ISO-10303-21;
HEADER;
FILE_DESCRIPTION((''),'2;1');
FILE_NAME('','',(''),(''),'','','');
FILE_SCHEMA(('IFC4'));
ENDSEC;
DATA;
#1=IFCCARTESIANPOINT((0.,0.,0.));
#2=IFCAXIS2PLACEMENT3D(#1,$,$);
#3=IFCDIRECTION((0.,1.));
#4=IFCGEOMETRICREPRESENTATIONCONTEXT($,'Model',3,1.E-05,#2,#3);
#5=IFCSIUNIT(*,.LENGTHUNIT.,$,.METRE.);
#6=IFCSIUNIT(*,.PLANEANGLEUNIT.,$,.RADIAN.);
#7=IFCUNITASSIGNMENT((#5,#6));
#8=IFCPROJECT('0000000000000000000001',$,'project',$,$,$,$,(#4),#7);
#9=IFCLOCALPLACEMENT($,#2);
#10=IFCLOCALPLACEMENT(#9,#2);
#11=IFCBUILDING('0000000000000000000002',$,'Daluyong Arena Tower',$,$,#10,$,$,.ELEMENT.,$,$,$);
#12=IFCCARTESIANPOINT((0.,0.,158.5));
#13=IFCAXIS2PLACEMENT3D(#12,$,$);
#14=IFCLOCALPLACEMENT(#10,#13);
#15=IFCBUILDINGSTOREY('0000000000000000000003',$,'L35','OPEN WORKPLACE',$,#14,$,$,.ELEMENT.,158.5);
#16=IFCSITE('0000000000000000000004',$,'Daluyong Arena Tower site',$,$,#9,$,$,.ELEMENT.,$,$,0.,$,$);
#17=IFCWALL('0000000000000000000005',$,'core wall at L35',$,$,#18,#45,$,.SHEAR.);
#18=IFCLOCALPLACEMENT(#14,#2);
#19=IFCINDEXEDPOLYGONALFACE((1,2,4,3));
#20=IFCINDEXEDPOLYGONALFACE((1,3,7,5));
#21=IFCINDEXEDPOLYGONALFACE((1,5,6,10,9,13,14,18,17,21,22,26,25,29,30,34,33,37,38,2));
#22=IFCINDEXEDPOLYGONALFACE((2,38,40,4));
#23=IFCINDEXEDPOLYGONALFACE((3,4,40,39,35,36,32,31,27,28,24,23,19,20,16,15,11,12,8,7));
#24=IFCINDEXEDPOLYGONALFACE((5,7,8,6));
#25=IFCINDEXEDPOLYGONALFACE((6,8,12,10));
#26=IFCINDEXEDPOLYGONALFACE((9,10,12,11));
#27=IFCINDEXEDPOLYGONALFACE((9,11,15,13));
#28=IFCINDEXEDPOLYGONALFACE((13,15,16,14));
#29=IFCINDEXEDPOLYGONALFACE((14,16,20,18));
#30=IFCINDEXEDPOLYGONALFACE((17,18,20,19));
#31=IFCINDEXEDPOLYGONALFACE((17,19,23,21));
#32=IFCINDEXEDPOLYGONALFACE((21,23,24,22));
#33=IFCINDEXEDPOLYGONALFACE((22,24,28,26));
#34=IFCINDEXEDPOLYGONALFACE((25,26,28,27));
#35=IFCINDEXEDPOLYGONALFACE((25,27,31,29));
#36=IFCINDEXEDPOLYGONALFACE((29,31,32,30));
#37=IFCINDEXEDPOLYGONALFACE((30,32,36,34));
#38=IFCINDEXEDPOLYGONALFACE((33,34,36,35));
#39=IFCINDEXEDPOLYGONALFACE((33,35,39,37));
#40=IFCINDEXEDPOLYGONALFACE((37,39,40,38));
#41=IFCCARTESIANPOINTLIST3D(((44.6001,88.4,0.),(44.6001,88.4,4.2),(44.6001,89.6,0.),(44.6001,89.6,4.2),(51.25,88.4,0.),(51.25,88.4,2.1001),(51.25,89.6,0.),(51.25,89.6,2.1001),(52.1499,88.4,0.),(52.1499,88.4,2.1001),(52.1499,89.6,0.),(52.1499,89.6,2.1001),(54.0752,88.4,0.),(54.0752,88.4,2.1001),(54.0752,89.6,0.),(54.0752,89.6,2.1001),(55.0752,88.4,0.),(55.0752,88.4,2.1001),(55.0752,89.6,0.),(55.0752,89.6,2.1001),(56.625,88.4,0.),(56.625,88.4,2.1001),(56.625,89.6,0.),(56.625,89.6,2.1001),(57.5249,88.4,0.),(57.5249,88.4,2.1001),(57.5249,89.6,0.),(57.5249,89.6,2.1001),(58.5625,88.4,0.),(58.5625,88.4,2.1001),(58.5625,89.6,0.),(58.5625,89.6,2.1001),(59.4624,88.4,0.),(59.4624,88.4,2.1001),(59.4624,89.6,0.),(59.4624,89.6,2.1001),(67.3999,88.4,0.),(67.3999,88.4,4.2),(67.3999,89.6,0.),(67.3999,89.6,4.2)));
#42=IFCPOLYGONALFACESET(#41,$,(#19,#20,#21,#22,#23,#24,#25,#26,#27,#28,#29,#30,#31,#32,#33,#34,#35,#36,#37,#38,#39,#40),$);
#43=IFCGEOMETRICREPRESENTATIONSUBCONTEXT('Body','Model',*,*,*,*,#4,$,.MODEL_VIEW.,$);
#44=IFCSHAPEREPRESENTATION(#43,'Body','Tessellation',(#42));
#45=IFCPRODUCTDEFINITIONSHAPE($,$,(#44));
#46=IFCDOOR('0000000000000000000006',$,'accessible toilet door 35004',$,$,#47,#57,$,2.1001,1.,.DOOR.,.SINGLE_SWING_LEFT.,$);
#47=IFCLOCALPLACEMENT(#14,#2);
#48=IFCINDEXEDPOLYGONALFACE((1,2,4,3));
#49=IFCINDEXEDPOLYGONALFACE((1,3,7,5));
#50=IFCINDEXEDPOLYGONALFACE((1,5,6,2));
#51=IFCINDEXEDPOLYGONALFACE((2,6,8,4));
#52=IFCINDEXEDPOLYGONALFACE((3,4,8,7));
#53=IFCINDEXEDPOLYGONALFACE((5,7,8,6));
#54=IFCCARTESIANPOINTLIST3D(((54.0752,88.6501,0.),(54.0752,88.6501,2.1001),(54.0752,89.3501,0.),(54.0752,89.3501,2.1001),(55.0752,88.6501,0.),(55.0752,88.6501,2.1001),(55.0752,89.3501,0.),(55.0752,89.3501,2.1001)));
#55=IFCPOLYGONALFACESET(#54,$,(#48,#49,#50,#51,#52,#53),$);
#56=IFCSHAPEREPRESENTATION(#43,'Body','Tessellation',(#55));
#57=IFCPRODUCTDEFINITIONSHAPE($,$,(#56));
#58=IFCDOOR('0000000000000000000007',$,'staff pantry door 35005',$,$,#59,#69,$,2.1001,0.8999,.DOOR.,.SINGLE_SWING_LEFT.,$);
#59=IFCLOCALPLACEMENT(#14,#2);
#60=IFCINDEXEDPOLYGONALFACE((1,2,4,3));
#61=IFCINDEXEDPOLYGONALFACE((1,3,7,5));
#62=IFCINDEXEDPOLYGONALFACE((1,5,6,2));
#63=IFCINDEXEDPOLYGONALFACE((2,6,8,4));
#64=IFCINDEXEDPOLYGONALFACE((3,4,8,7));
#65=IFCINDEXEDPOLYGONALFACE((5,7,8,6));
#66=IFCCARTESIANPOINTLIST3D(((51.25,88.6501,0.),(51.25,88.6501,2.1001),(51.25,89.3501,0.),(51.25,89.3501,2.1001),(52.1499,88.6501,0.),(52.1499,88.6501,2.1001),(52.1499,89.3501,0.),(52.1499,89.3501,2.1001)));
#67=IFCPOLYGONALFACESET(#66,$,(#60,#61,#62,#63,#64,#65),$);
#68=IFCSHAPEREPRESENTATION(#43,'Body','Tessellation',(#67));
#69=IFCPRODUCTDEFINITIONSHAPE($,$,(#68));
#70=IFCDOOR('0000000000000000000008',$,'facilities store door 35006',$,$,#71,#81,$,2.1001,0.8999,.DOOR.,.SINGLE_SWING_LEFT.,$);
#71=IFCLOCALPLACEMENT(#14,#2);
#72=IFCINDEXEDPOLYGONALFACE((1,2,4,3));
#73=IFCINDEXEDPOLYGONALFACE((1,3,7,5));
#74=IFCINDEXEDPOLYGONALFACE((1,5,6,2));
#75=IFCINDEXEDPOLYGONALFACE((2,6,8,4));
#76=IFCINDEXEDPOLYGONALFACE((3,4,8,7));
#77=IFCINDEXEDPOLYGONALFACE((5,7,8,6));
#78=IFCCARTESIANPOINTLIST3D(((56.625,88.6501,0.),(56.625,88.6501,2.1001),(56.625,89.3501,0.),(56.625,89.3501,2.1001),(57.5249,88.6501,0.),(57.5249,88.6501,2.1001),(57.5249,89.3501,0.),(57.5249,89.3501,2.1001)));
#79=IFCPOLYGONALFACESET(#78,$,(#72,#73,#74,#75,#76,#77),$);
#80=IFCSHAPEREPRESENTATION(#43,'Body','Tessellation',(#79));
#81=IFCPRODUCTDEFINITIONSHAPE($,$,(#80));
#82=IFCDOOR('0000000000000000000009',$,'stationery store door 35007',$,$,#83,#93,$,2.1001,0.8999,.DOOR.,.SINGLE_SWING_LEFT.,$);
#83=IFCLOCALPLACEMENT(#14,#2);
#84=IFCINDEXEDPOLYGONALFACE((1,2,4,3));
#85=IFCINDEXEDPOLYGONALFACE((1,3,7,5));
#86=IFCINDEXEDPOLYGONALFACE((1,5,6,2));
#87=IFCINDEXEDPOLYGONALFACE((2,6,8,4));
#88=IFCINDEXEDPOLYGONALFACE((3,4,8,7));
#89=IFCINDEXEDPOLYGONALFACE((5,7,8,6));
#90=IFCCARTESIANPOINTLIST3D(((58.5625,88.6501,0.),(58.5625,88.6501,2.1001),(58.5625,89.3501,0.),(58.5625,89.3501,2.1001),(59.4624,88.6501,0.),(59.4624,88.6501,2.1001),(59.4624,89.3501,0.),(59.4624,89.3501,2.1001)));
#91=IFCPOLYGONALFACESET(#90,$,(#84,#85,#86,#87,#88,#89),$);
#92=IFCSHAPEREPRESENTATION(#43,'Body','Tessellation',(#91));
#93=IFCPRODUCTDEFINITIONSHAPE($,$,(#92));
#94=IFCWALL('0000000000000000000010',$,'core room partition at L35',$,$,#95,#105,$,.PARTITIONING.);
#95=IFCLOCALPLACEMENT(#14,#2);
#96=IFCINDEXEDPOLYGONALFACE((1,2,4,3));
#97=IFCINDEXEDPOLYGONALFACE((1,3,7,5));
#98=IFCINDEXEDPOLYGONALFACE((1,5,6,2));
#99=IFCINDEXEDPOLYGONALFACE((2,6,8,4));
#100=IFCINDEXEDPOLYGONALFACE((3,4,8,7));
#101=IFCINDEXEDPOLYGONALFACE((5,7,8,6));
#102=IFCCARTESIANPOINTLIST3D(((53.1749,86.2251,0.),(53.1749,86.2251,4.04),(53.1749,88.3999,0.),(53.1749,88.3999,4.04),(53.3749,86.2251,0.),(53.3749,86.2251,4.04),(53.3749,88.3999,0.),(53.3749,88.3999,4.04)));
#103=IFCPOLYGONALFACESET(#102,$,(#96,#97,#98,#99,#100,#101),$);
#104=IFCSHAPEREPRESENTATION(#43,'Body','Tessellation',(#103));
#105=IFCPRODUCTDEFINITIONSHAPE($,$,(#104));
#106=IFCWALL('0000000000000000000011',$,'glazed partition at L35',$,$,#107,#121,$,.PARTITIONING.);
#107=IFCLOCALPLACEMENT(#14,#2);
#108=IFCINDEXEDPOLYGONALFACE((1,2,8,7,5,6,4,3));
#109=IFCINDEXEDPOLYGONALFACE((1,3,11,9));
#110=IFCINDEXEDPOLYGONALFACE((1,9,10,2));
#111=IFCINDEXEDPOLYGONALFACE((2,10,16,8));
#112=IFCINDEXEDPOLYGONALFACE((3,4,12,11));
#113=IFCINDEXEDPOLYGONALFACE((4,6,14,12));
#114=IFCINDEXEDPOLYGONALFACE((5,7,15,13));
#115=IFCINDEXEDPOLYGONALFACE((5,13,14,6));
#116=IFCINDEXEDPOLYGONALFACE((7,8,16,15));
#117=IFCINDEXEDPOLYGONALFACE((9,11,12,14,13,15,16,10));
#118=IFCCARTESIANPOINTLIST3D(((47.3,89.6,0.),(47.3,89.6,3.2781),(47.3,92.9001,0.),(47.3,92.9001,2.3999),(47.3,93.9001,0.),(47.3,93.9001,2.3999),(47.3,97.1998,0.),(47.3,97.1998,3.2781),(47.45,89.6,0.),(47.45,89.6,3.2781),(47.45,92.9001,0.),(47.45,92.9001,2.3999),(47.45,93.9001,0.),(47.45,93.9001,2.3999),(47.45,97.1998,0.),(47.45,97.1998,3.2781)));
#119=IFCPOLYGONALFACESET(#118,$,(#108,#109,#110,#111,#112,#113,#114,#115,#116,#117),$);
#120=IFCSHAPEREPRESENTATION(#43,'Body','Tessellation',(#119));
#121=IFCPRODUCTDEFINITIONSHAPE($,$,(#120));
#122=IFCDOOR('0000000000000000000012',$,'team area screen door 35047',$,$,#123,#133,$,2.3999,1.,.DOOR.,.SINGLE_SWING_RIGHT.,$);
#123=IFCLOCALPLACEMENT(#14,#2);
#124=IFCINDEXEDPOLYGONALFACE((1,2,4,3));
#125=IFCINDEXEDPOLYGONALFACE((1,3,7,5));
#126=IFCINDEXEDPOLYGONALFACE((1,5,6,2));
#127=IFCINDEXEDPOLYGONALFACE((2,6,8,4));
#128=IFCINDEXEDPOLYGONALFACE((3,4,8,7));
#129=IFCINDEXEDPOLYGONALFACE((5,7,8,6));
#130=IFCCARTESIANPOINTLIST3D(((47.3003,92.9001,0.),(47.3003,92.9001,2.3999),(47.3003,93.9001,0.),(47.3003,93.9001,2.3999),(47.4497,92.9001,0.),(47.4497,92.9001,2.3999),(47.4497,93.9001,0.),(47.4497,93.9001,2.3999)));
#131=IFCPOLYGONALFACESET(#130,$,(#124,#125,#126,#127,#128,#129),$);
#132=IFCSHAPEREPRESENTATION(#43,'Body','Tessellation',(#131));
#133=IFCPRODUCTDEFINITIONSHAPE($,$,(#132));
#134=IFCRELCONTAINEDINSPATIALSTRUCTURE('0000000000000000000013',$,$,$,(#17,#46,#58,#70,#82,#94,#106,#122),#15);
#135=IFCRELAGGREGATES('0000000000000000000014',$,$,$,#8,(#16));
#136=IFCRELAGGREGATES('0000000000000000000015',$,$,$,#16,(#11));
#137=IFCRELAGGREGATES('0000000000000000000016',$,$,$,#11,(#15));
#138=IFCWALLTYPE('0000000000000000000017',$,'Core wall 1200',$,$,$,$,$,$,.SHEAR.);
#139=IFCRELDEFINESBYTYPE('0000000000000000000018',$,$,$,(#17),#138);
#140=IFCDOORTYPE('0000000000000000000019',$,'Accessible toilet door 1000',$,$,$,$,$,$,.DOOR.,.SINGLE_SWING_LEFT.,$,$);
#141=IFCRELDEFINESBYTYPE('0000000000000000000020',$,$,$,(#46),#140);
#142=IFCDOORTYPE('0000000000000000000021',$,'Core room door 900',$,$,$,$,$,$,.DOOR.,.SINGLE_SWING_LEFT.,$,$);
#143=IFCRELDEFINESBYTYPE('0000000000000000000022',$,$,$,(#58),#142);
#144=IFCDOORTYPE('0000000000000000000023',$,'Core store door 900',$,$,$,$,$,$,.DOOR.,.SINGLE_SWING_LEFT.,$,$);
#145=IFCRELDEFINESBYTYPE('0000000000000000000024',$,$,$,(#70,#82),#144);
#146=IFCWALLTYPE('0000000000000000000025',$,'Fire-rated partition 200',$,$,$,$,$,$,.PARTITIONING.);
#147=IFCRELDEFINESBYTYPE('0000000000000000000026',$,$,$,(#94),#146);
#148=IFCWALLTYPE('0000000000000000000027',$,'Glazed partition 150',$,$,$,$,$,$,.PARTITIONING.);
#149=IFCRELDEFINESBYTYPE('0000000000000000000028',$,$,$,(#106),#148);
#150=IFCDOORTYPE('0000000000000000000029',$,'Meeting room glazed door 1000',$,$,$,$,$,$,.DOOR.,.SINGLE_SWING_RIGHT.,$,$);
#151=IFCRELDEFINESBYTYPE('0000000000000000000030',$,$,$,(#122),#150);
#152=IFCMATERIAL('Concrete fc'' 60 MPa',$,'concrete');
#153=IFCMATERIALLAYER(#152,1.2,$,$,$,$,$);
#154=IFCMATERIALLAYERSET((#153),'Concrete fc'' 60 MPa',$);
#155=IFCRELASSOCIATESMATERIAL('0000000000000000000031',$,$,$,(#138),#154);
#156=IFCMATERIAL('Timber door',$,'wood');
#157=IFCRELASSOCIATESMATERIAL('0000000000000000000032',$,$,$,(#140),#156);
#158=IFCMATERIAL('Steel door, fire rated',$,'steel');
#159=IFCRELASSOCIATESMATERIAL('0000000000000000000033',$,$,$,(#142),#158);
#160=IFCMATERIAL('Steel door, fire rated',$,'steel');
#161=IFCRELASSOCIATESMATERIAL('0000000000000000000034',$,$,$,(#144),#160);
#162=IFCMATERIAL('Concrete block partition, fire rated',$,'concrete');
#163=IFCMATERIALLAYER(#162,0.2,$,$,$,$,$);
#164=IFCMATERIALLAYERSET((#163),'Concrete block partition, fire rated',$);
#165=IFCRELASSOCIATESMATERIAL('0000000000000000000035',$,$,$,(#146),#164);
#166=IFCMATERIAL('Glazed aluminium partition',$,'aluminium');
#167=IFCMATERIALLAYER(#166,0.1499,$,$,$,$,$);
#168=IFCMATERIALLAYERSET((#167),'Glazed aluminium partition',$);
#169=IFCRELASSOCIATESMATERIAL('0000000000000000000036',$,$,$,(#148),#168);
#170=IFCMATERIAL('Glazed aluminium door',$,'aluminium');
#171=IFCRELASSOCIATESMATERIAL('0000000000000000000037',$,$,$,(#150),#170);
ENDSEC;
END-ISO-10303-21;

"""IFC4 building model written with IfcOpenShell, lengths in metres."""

from ifc_helpers import new_model, si_unit, direction, frame, frame_2d, origin, place, context, subcontext, project, spatial, rectangle, extrude, material, layer, layer_set, type_object, element, fill, save


model = new_model("IFC4")

# Units and contexts
model_context = context("Model", 3, precision=1e-05, world=origin(), true_north=direction((0.0, 1.0)))
body_context = subcontext(model_context, "Body", "Model", "MODEL_VIEW")
ifc_project = project(units=[si_unit("LENGTHUNIT", "METRE"), si_unit("PLANEANGLEUNIT", "RADIAN")], contexts=[model_context])

# Site, building, storey
site_placement = place(None, origin())
site = spatial("IfcSite", under=ifc_project, at=site_placement, Name="Daluyong Arena Tower site", CompositionType="ELEMENT", RefElevation=0.0)
building_placement = place(site_placement, origin())
building = spatial("IfcBuilding", under=site, at=building_placement, Name="Daluyong Arena Tower", CompositionType="ELEMENT")
storey_placement = place(building_placement, frame((0.0, 0.0, 158.5)))
storey = spatial("IfcBuildingStorey", under=building, at=storey_placement, Name="L35", Description="OPEN WORKPLACE", CompositionType="ELEMENT", Elevation=158.5)

# Wall, openings, doors
ifc_material_1 = material(Name="Concrete fc' 60 MPa", Category="concrete")
ifc_layer_1 = layer(ifc_material_1, 1.2)
ifc_layer_set_1 = layer_set([ifc_layer_1], Name="Concrete fc' 60 MPa")
wall_type_1 = type_object("IfcWallType", Name="Core wall 1200", PredefinedType="SHEAR", material=ifc_layer_set_1)
wall_1_placement = place(storey_placement, frame((44.6001, 89.0, 0.0), z_axis=(0.0, 0.0, 1.0), x_axis=(1.0, 0.0, 0.0)))
wall_1 = element("IfcWall", 1, at=wall_1_placement, inside=storey, type_object=wall_type_1, Name="core wall at L35", PredefinedType="SHEAR", context=body_context, shape_type="SweptSolid", body=[
    extrude(rectangle(XDim=22.7998, YDim=1.2, at=frame_2d((11.3999, 0.0))), origin(), (0.0, 0.0, 1.0), 4.2),
])
opening_1_placement = place(wall_1_placement, frame((9.4751, 0.0, 0.0)))
opening_1 = element("IfcOpeningElement", 2, at=opening_1_placement, cuts=wall_1, PredefinedType="OPENING", context=body_context, shape_type="SweptSolid", body=[
    extrude(rectangle(XDim=1.0, YDim=2.1001, at=frame_2d((0.5, 1.05))), frame((0.0, 0.6099, 0.0), z_axis=(0.0, -1.0, 0.0), x_axis=(1.0, 0.0, 0.0)), (0.0, 0.0, 1.0), 1.22),
])
opening_2_placement = place(wall_1_placement, frame((6.6499, 0.0, 0.0)))
opening_2 = element("IfcOpeningElement", 3, at=opening_2_placement, cuts=wall_1, PredefinedType="OPENING", context=body_context, shape_type="SweptSolid", body=[
    extrude(rectangle(XDim=0.8999, YDim=2.1001, at=frame_2d((0.45, 1.05))), frame((0.0, 0.6099, 0.0), z_axis=(0.0, -1.0, 0.0), x_axis=(1.0, 0.0, 0.0)), (0.0, 0.0, 1.0), 1.22),
])
opening_3_placement = place(wall_1_placement, frame((12.0249, 0.0, 0.0)))
opening_3 = element("IfcOpeningElement", 4, at=opening_3_placement, cuts=wall_1, PredefinedType="OPENING", context=body_context, shape_type="SweptSolid", body=[
    extrude(rectangle(XDim=0.8999, YDim=2.1001, at=frame_2d((0.45, 1.05))), frame((0.0, 0.6099, 0.0), z_axis=(0.0, -1.0, 0.0), x_axis=(1.0, 0.0, 0.0)), (0.0, 0.0, 1.0), 1.22),
])
opening_4_placement = place(wall_1_placement, frame((13.9624, 0.0, 0.0)))
opening_4 = element("IfcOpeningElement", 5, at=opening_4_placement, cuts=wall_1, PredefinedType="OPENING", context=body_context, shape_type="SweptSolid", body=[
    extrude(rectangle(XDim=0.8999, YDim=2.1001, at=frame_2d((0.45, 1.05))), frame((0.0, 0.6099, 0.0), z_axis=(0.0, -1.0, 0.0), x_axis=(1.0, 0.0, 0.0)), (0.0, 0.0, 1.0), 1.22),
])
ifc_material_2 = material(Name="Timber door", Category="wood")
door_type_1 = type_object("IfcDoorType", Name="Accessible toilet door 1000", OperationType="SINGLE_SWING_LEFT", PredefinedType="DOOR", material=ifc_material_2)
door_1_placement = place(opening_1_placement, origin())
door_1 = element("IfcDoor", 6, at=door_1_placement, inside=storey, type_object=door_type_1, Name="accessible toilet door 35004", OperationType="SINGLE_SWING_LEFT", OverallHeight=2.1001, OverallWidth=1.0, PredefinedType="DOOR", context=body_context, shape_type="SweptSolid", body=[
    extrude(rectangle(XDim=1.0, YDim=2.1001, at=frame_2d((0.5, 1.05))), frame((0.0, 0.3501, 0.0), z_axis=(0.0, -1.0, 0.0), x_axis=(1.0, 0.0, 0.0)), (0.0, 0.0, 1.0), 0.7),
])
fill(opening_1, door_1)
ifc_material_3 = material(Name="Steel door, fire rated", Category="steel")
door_type_2 = type_object("IfcDoorType", Name="Core room door 900", OperationType="SINGLE_SWING_LEFT", PredefinedType="DOOR", material=ifc_material_3)
door_2_placement = place(opening_2_placement, origin())
door_2 = element("IfcDoor", 7, at=door_2_placement, inside=storey, type_object=door_type_2, Name="staff pantry door 35005", OperationType="SINGLE_SWING_LEFT", OverallHeight=2.1001, OverallWidth=0.8999, PredefinedType="DOOR", context=body_context, shape_type="SweptSolid", body=[
    extrude(rectangle(XDim=0.8999, YDim=2.1001, at=frame_2d((0.45, 1.05))), frame((0.0, 0.3501, 0.0), z_axis=(0.0, -1.0, 0.0), x_axis=(1.0, 0.0, 0.0)), (0.0, 0.0, 1.0), 0.7),
])
fill(opening_2, door_2)
ifc_material_4 = material(Name="Steel door, fire rated", Category="steel")
door_type_3 = type_object("IfcDoorType", Name="Core store door 900", OperationType="SINGLE_SWING_LEFT", PredefinedType="DOOR", material=ifc_material_4)
door_3_placement = place(opening_3_placement, origin())
door_3 = element("IfcDoor", 8, at=door_3_placement, inside=storey, type_object=door_type_3, Name="facilities store door 35006", OperationType="SINGLE_SWING_LEFT", OverallHeight=2.1001, OverallWidth=0.8999, PredefinedType="DOOR", context=body_context, shape_type="SweptSolid", body=[
    extrude(rectangle(XDim=0.8999, YDim=2.1001, at=frame_2d((0.45, 1.05))), frame((0.0, 0.3501, 0.0), z_axis=(0.0, -1.0, 0.0), x_axis=(1.0, 0.0, 0.0)), (0.0, 0.0, 1.0), 0.7),
])
fill(opening_3, door_3)
door_4_placement = place(opening_4_placement, origin())
door_4 = element("IfcDoor", 9, at=door_4_placement, inside=storey, type_object=door_type_3, Name="stationery store door 35007", OperationType="SINGLE_SWING_LEFT", OverallHeight=2.1001, OverallWidth=0.8999, PredefinedType="DOOR", context=body_context, shape_type="SweptSolid", body=[
    extrude(rectangle(XDim=0.8999, YDim=2.1001, at=frame_2d((0.45, 1.05))), frame((0.0, 0.3501, 0.0), z_axis=(0.0, -1.0, 0.0), x_axis=(1.0, 0.0, 0.0)), (0.0, 0.0, 1.0), 0.7),
])
fill(opening_4, door_4)

# Wall
ifc_material_5 = material(Name="Concrete block partition, fire rated", Category="concrete")
ifc_layer_2 = layer(ifc_material_5, 0.2)
ifc_layer_set_2 = layer_set([ifc_layer_2], Name="Concrete block partition, fire rated")
wall_type_2 = type_object("IfcWallType", Name="Fire-rated partition 200", PredefinedType="PARTITIONING", material=ifc_layer_set_2)
wall_2_placement = place(storey_placement, frame((53.2749, 86.2251, 0.0), z_axis=(0.0, 0.0, 1.0), x_axis=(0.0, 1.0, 0.0)))
element("IfcWall", 10, at=wall_2_placement, inside=storey, type_object=wall_type_2, Name="core room partition at L35", PredefinedType="PARTITIONING", context=body_context, shape_type="SweptSolid", body=[
    extrude(rectangle(XDim=2.1748, YDim=0.2, at=frame_2d((1.0874, 0.0))), origin(), (0.0, 0.0, 1.0), 4.04),
])

# Wall, opening, door
ifc_material_6 = material(Name="Glazed aluminium partition", Category="aluminium")
ifc_layer_3 = layer(ifc_material_6, 0.1499)
ifc_layer_set_3 = layer_set([ifc_layer_3], Name="Glazed aluminium partition")
wall_type_3 = type_object("IfcWallType", Name="Glazed partition 150", PredefinedType="PARTITIONING", material=ifc_layer_set_3)
wall_3_placement = place(storey_placement, frame((47.375, 89.6001, 0.0), z_axis=(0.0, 0.0, 1.0), x_axis=(0.0, 1.0, 0.0)))
wall_3 = element("IfcWall", 11, at=wall_3_placement, inside=storey, type_object=wall_type_3, Name="glazed partition at L35", PredefinedType="PARTITIONING", context=body_context, shape_type="SweptSolid", body=[
    extrude(rectangle(XDim=7.5999, YDim=0.1499, at=frame_2d((3.7998, 0.0))), origin(), (0.0, 0.0, 1.0), 3.2781),
])
opening_5_placement = place(wall_3_placement, frame((3.3, 0.0, 0.0)))
opening_5 = element("IfcOpeningElement", 12, at=opening_5_placement, cuts=wall_3, PredefinedType="OPENING", context=body_context, shape_type="SweptSolid", body=[
    extrude(rectangle(XDim=1.0, YDim=2.3999, at=frame_2d((0.5, 1.2))), frame((0.0, 0.085, 0.0), z_axis=(0.0, -1.0, 0.0), x_axis=(1.0, 0.0, 0.0)), (0.0, 0.0, 1.0), 0.1699),
])
ifc_material_7 = material(Name="Glazed aluminium door", Category="aluminium")
door_type_4 = type_object("IfcDoorType", Name="Meeting room glazed door 1000", OperationType="SINGLE_SWING_RIGHT", PredefinedType="DOOR", material=ifc_material_7)
door_5_placement = place(opening_5_placement, origin())
door_5 = element("IfcDoor", 13, at=door_5_placement, inside=storey, type_object=door_type_4, Name="team area screen door 35047", OperationType="SINGLE_SWING_RIGHT", OverallHeight=2.3999, OverallWidth=1.0, PredefinedType="DOOR", context=body_context, shape_type="SweptSolid", body=[
    extrude(rectangle(XDim=1.0, YDim=2.3999, at=frame_2d((0.5, 1.2))), frame((0.0, 0.0747, 0.0), z_axis=(0.0, -1.0, 0.0), x_axis=(1.0, 0.0, 0.0)), (0.0, 0.0, 1.0), 0.1494),
])
fill(opening_5, door_5)

save(model, "model.ifc")
